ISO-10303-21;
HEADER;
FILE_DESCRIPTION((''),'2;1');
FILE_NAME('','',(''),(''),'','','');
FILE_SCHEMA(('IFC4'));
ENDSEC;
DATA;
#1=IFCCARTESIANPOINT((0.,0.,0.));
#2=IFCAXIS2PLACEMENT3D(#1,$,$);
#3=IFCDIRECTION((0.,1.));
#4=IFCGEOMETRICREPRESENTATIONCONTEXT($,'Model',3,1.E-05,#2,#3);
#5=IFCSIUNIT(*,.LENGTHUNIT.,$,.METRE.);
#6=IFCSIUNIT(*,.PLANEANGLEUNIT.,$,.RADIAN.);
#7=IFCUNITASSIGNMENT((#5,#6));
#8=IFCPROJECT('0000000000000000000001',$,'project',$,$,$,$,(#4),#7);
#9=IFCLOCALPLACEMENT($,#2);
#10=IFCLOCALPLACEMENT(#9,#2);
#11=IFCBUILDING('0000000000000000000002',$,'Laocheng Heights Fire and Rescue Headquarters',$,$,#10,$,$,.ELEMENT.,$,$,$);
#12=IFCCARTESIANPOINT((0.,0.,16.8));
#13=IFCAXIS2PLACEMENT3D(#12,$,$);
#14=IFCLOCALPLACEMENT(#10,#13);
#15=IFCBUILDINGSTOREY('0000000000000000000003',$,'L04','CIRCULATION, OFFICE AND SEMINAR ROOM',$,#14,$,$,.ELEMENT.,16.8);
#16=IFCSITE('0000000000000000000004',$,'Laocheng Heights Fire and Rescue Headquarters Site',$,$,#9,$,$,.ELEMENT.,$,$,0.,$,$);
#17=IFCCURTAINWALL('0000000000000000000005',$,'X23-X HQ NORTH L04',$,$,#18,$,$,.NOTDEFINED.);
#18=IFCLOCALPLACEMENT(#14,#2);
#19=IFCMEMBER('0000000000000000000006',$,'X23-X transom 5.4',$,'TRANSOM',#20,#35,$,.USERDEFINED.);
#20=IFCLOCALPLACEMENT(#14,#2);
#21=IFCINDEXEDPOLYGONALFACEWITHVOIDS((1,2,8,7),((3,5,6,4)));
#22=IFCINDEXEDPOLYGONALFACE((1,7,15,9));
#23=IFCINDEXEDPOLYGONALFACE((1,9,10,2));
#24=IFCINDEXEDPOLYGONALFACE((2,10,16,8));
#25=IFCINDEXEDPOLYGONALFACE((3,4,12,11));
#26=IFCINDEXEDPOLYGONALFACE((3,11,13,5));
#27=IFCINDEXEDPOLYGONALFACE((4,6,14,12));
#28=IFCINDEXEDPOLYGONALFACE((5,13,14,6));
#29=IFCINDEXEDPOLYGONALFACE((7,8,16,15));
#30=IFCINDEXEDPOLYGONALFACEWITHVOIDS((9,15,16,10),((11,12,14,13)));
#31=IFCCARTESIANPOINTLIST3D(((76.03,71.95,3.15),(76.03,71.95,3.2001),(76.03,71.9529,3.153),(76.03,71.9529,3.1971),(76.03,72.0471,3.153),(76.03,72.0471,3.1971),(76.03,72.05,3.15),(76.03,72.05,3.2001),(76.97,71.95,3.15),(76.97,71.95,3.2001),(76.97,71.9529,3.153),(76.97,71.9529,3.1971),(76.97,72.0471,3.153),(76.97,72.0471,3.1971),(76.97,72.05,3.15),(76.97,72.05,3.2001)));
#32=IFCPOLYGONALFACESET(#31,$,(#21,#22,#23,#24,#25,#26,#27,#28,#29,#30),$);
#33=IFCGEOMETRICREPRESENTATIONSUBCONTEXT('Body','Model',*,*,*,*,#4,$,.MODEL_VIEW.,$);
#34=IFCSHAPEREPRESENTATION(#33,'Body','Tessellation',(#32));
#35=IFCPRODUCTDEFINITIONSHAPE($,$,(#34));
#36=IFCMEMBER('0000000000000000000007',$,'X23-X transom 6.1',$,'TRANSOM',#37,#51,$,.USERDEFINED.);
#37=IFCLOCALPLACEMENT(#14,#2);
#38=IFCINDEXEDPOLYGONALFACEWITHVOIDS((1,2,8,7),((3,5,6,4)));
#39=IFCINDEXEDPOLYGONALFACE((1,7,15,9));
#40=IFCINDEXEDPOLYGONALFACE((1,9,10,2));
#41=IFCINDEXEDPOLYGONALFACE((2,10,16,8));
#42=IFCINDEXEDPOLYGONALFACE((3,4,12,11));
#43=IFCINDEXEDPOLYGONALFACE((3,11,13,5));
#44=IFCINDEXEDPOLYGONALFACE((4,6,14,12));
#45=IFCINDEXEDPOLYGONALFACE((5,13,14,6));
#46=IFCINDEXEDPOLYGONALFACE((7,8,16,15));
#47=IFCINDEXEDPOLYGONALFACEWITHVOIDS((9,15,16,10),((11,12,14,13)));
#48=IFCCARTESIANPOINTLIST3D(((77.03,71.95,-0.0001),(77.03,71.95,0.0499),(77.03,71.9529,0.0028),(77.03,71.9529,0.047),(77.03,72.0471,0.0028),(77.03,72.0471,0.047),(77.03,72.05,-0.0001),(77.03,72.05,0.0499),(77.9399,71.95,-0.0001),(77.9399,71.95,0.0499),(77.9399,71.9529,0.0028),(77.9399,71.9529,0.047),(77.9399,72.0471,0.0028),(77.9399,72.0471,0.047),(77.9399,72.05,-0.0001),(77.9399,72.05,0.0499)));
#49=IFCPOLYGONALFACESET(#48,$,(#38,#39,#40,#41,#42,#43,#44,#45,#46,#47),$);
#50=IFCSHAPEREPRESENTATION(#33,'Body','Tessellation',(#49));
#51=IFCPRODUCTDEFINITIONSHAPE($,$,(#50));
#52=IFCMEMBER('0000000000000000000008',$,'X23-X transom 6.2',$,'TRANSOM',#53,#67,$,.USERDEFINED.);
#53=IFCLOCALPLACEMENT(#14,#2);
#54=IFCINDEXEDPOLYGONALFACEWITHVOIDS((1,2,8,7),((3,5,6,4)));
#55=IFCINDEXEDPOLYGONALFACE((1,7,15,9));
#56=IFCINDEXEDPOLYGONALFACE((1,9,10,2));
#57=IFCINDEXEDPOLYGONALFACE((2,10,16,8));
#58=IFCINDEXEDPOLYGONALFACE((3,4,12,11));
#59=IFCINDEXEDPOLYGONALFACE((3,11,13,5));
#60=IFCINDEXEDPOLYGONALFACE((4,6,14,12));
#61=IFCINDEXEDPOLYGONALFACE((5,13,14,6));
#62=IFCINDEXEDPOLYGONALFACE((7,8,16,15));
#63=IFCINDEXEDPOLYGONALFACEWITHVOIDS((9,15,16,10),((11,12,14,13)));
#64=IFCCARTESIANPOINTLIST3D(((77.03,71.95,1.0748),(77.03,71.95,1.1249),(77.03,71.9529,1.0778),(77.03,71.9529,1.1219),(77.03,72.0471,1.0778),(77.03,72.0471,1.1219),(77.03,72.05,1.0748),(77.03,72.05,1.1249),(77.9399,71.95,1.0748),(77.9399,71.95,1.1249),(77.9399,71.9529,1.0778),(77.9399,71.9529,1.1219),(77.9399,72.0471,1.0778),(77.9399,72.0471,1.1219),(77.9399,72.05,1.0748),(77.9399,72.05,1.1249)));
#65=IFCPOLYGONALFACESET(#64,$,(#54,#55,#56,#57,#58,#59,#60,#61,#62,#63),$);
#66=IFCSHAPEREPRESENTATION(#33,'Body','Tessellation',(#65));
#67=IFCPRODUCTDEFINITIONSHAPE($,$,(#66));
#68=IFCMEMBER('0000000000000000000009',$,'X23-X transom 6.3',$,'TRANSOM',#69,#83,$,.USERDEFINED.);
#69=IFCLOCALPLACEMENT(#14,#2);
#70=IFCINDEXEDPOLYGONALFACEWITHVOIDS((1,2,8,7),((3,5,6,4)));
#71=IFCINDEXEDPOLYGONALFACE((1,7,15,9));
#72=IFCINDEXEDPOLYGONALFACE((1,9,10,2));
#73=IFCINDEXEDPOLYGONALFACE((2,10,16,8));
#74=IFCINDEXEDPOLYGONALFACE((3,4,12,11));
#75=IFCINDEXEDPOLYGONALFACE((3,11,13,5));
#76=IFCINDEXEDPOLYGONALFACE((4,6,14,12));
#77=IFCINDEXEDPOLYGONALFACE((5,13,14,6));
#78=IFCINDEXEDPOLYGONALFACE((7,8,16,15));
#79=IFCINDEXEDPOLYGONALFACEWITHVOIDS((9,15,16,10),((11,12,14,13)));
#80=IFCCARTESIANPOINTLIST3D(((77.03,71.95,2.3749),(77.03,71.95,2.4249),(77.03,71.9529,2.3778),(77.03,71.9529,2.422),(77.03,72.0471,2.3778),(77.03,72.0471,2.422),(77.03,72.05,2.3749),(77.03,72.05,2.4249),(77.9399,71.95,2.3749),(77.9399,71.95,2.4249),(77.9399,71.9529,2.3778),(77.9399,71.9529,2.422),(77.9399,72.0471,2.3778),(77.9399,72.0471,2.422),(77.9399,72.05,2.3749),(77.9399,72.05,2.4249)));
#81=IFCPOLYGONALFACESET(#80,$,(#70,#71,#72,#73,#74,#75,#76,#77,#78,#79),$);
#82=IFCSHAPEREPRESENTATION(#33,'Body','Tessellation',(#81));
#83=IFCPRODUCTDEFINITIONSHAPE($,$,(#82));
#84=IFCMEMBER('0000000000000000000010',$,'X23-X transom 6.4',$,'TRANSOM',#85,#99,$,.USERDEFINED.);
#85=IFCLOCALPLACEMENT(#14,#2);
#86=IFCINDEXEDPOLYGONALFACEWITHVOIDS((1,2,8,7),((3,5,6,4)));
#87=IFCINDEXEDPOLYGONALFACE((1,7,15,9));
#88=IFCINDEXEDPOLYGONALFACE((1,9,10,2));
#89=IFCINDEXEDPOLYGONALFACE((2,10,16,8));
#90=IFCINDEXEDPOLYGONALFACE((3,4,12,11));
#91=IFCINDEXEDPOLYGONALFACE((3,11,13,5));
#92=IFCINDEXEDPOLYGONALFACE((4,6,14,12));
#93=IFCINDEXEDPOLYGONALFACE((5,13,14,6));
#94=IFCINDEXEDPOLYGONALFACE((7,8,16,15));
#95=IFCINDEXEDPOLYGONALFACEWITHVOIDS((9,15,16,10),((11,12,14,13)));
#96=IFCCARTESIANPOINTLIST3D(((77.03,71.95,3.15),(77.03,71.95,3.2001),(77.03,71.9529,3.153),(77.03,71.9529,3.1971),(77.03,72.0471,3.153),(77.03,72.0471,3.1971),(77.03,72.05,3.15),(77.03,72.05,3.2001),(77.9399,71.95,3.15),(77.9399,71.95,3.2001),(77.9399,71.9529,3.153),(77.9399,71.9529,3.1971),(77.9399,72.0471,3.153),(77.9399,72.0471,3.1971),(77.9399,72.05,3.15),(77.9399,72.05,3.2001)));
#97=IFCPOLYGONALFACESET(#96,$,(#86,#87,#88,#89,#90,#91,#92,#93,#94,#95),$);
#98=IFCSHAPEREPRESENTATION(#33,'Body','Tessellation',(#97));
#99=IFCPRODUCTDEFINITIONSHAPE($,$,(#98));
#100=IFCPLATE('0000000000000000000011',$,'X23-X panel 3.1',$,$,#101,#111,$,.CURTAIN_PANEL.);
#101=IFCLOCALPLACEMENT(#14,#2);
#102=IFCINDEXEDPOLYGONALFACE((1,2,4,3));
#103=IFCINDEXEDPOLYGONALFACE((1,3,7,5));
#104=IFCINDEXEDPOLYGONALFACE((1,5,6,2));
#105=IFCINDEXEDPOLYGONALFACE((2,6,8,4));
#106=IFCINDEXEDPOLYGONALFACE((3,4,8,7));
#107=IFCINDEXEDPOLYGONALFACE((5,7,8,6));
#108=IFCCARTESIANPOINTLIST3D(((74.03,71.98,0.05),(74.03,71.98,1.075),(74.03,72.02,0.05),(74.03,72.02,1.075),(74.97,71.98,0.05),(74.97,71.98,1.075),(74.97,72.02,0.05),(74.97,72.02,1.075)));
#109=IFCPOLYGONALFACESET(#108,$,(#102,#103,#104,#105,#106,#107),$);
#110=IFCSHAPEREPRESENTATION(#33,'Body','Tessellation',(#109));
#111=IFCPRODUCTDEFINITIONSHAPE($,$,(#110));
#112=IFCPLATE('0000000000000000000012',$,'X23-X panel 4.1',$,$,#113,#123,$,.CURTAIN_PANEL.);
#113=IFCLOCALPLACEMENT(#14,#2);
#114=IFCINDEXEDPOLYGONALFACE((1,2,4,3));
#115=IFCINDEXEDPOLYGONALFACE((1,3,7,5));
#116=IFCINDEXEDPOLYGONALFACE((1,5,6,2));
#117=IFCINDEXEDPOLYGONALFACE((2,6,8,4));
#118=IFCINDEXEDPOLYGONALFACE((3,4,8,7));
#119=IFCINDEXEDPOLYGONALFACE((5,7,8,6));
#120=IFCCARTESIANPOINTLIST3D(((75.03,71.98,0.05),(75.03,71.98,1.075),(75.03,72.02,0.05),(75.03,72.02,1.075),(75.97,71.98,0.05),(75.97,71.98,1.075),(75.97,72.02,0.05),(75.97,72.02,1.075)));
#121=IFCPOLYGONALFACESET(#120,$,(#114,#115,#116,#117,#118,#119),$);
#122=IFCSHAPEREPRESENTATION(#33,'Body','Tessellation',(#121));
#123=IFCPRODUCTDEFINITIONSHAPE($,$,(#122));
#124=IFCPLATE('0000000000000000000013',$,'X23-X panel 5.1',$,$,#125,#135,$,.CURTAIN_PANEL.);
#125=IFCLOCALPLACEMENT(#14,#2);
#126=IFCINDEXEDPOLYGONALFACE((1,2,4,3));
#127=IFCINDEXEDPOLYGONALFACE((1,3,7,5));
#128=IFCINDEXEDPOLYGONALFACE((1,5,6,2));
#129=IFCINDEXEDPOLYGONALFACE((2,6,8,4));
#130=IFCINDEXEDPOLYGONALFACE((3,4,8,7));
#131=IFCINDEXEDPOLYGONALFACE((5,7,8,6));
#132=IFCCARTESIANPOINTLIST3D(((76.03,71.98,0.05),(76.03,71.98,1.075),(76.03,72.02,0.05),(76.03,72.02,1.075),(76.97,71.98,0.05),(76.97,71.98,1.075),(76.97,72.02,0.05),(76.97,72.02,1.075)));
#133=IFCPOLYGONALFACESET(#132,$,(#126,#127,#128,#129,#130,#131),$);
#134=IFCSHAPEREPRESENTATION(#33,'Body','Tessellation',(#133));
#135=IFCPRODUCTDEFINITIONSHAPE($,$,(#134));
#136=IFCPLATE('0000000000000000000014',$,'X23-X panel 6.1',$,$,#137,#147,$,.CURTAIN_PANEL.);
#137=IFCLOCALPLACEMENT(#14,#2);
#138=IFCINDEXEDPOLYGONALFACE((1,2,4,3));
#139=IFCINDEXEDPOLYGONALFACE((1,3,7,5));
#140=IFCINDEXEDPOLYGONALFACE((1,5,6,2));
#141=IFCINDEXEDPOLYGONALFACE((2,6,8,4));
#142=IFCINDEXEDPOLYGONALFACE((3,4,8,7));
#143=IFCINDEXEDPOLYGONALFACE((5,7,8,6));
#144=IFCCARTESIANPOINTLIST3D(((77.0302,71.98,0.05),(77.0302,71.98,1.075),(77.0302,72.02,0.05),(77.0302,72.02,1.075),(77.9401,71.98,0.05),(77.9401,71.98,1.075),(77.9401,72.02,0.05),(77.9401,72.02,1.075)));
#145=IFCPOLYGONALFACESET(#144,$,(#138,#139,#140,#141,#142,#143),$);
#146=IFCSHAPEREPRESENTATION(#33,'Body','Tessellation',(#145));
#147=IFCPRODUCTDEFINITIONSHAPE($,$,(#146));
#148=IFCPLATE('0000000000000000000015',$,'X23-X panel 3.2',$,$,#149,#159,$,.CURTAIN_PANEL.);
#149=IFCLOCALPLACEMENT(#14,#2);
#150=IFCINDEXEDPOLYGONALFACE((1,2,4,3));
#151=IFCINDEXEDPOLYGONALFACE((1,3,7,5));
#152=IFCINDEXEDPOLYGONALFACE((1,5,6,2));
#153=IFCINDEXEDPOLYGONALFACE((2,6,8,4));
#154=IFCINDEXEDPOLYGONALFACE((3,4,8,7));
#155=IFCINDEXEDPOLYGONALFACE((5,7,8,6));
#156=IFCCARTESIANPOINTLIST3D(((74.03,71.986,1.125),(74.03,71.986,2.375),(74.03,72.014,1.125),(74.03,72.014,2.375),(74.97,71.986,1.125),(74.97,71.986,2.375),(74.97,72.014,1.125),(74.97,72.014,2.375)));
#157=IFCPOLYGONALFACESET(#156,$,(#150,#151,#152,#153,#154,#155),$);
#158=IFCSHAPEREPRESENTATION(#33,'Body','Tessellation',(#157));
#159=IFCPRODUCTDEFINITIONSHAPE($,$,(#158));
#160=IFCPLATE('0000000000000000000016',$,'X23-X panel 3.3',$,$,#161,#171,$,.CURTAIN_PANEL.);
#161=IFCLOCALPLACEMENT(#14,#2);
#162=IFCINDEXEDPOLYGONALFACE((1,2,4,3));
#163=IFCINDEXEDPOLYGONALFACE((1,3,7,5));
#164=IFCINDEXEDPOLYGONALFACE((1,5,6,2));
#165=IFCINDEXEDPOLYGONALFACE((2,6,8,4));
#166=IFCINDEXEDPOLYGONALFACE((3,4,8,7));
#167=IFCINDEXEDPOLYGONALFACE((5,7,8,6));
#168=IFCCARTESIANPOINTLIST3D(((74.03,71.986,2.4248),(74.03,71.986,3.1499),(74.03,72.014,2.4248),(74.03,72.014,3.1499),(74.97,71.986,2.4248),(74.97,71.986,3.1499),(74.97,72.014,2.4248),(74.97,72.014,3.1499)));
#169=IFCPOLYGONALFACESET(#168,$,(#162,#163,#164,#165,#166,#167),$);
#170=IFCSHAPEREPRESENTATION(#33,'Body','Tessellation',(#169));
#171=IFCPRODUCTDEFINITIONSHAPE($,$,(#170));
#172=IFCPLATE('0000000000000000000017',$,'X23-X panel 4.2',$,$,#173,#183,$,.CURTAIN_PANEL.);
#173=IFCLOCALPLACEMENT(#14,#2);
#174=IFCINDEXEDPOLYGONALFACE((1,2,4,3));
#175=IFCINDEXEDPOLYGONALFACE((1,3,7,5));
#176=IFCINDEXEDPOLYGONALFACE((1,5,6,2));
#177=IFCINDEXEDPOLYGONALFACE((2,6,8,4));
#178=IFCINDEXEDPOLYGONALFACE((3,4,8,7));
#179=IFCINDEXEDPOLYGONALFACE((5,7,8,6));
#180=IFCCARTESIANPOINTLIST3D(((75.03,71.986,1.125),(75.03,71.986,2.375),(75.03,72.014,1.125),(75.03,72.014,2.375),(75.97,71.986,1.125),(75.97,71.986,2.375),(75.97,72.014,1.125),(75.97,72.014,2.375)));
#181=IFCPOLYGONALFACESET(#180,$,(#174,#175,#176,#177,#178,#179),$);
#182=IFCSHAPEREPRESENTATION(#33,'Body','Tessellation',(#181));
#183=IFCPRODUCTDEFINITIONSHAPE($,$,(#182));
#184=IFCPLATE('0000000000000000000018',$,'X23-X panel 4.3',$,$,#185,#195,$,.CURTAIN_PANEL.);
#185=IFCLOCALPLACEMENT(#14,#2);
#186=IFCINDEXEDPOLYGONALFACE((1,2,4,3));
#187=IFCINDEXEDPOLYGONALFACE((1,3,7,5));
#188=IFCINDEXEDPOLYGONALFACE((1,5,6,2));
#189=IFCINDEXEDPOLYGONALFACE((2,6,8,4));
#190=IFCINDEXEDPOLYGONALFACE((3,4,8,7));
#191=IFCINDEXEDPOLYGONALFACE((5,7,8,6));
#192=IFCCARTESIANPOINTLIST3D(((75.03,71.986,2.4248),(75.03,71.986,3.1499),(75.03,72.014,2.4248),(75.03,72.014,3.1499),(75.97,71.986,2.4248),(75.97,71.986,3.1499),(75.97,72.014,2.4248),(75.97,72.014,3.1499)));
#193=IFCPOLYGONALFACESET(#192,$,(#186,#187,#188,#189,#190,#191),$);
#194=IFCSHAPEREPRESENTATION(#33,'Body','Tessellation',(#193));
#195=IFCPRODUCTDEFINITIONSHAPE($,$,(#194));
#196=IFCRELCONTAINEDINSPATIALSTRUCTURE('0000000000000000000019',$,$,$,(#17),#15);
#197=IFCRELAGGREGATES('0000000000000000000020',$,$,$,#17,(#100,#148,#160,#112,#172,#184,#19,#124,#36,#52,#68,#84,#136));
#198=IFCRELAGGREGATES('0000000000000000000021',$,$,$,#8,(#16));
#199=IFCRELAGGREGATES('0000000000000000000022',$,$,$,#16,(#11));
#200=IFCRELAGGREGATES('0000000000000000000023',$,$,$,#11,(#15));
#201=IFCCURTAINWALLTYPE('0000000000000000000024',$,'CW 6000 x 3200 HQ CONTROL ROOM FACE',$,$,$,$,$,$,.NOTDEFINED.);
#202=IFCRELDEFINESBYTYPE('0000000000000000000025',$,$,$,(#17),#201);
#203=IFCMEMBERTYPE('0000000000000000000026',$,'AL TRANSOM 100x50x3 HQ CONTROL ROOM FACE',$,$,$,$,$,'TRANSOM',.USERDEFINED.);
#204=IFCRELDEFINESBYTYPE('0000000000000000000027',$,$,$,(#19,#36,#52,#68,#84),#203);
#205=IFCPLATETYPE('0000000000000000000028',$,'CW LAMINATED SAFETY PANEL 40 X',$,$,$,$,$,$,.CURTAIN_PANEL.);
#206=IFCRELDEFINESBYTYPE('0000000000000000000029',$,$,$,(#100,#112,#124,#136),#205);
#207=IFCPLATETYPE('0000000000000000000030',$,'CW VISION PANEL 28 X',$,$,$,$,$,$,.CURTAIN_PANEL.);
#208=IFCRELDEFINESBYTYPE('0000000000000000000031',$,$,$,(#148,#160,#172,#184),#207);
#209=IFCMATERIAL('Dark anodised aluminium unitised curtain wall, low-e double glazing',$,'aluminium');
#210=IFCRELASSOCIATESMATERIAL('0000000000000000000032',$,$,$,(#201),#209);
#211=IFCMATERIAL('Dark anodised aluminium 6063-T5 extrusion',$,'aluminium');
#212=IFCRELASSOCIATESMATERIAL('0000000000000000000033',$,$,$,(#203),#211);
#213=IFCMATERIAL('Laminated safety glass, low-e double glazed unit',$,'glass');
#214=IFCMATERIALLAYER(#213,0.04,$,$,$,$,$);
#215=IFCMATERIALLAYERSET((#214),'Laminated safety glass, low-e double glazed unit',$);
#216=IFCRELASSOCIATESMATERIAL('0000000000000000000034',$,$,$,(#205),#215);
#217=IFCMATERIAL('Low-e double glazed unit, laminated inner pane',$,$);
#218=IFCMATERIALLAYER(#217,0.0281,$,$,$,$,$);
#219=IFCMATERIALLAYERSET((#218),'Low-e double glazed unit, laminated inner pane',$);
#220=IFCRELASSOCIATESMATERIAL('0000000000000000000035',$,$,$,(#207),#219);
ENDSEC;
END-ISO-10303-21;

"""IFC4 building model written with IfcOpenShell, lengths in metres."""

from ifc_helpers import new_model, si_unit, direction, frame, origin, origin_2d, place, context, subcontext, project, spatial, rectangle, hollow_rectangle, extrude, material, layer, layer_set, material_profile, profile_set, type_object, element, aggregate, save


model = new_model("IFC4")

# Units and contexts
model_context = context("Model", 3, precision=1e-05, world=origin(), true_north=direction((0.0, 1.0)))
body_context = subcontext(model_context, "Body", "Model", "MODEL_VIEW")
ifc_project = project(units=[si_unit("LENGTHUNIT", "METRE"), si_unit("PLANEANGLEUNIT", "RADIAN")], contexts=[model_context])

# Site, building, storey
site_placement = place(None, origin())
site = spatial("IfcSite", under=ifc_project, at=site_placement, Name="Laocheng Heights Fire and Rescue Headquarters Site", CompositionType="ELEMENT", RefElevation=0.0)
building_placement = place(site_placement, origin())
building = spatial("IfcBuilding", under=site, at=building_placement, Name="Laocheng Heights Fire and Rescue Headquarters", CompositionType="ELEMENT")
storey_placement = place(building_placement, frame((0.0, 0.0, 16.8)))
storey = spatial("IfcBuildingStorey", under=building, at=storey_placement, Name="L04", Description="CIRCULATION, OFFICE AND SEMINAR ROOM", CompositionType="ELEMENT", Elevation=16.8)

# Curtain wall, members, plates
ifc_material_1 = material(Name="Dark anodised aluminium unitised curtain wall, low-e double glazing", Category="aluminium")
curtain_wall_type = type_object("IfcCurtainWallType", Name="CW 6000 x 3200 HQ CONTROL ROOM FACE", PredefinedType="NOTDEFINED", material=ifc_material_1)
curtain_wall_placement = place(storey_placement, origin())
curtain_wall = element("IfcCurtainWall", 1, at=curtain_wall_placement, inside=storey, type_object=curtain_wall_type, Name="X23-X HQ NORTH L04", PredefinedType="NOTDEFINED")
ifc_material_2 = material(Name="Dark anodised aluminium 6063-T5 extrusion", Category="aluminium")
ifc_material_profile_1 = material_profile(ifc_material_2, hollow_rectangle(XDim=0.1001, YDim=0.05, WallThickness=0.0029, at=origin_2d()), Name="AL TRANSOM 100x50x3 HQ CONTROL ROOM FACE")
ifc_profile_set_1 = profile_set([ifc_material_profile_1], Name="Dark anodised aluminium 6063-T5 extrusion")
member_type_1 = type_object("IfcMemberType", Name="AL TRANSOM 100x50x3 HQ CONTROL ROOM FACE", ElementType="TRANSOM", PredefinedType="USERDEFINED", material=ifc_profile_set_1)
member_1_placement = place(storey_placement, frame((76.03, 72.0, 3.175), z_axis=(1.0, 0.0, 0.0), x_axis=(0.0, 1.0, 0.0)))
member_1 = element("IfcMember", 2, at=member_1_placement, type_object=member_type_1, Name="X23-X transom 5.4", ObjectType="TRANSOM", PredefinedType="USERDEFINED", context=body_context, shape_type="SweptSolid", body=[
    extrude(hollow_rectangle(XDim=0.1001, YDim=0.05, WallThickness=0.0029, at=origin_2d()), origin(), (0.0, 0.0, 1.0), 0.9399),
])
member_2_placement = place(storey_placement, frame((77.03, 72.0, 0.0249), z_axis=(1.0, 0.0, 0.0), x_axis=(0.0, 1.0, 0.0)))
member_2 = element("IfcMember", 3, at=member_2_placement, type_object=member_type_1, Name="X23-X transom 6.1", ObjectType="TRANSOM", PredefinedType="USERDEFINED", context=body_context, shape_type="SweptSolid", body=[
    extrude(hollow_rectangle(XDim=0.1001, YDim=0.05, WallThickness=0.0029, at=origin_2d()), origin(), (0.0, 0.0, 1.0), 0.9099),
])
member_3_placement = place(storey_placement, frame((77.03, 72.0, 1.0999), z_axis=(1.0, 0.0, 0.0), x_axis=(0.0, 1.0, 0.0)))
member_3 = element("IfcMember", 4, at=member_3_placement, type_object=member_type_1, Name="X23-X transom 6.2", ObjectType="TRANSOM", PredefinedType="USERDEFINED", context=body_context, shape_type="SweptSolid", body=[
    extrude(hollow_rectangle(XDim=0.1001, YDim=0.05, WallThickness=0.0029, at=origin_2d()), origin(), (0.0, 0.0, 1.0), 0.9099),
])
member_4_placement = place(storey_placement, frame((77.03, 72.0, 2.3999), z_axis=(1.0, 0.0, 0.0), x_axis=(0.0, 1.0, 0.0)))
member_4 = element("IfcMember", 5, at=member_4_placement, type_object=member_type_1, Name="X23-X transom 6.3", ObjectType="TRANSOM", PredefinedType="USERDEFINED", context=body_context, shape_type="SweptSolid", body=[
    extrude(hollow_rectangle(XDim=0.1001, YDim=0.05, WallThickness=0.0029, at=origin_2d()), origin(), (0.0, 0.0, 1.0), 0.9099),
])
member_5_placement = place(storey_placement, frame((77.03, 72.0, 3.175), z_axis=(1.0, 0.0, 0.0), x_axis=(0.0, 1.0, 0.0)))
member_5 = element("IfcMember", 6, at=member_5_placement, type_object=member_type_1, Name="X23-X transom 6.4", ObjectType="TRANSOM", PredefinedType="USERDEFINED", context=body_context, shape_type="SweptSolid", body=[
    extrude(hollow_rectangle(XDim=0.1001, YDim=0.05, WallThickness=0.0029, at=origin_2d()), origin(), (0.0, 0.0, 1.0), 0.9099),
])
ifc_material_3 = material(Name="Laminated safety glass, low-e double glazed unit", Category="glass")
ifc_layer_1 = layer(ifc_material_3, 0.04)
ifc_layer_set_1 = layer_set([ifc_layer_1], Name="Laminated safety glass, low-e double glazed unit")
plate_type_1 = type_object("IfcPlateType", Name="CW LAMINATED SAFETY PANEL 40 X", PredefinedType="CURTAIN_PANEL", material=ifc_layer_set_1)
plate_1_placement = place(storey_placement, frame((74.5, 72.0, 0.05), z_axis=(0.0, 0.0, 1.0), x_axis=(1.0, 0.0, 0.0)))
plate_1 = element("IfcPlate", 7, at=plate_1_placement, type_object=plate_type_1, Name="X23-X panel 3.1", PredefinedType="CURTAIN_PANEL", context=body_context, shape_type="SweptSolid", body=[
    extrude(rectangle(XDim=0.9399, YDim=0.04, at=origin_2d()), origin(), (0.0, 0.0, 1.0), 1.0249),
])
plate_2_placement = place(storey_placement, frame((75.5, 72.0, 0.05), z_axis=(0.0, 0.0, 1.0), x_axis=(1.0, 0.0, 0.0)))
plate_2 = element("IfcPlate", 8, at=plate_2_placement, type_object=plate_type_1, Name="X23-X panel 4.1", PredefinedType="CURTAIN_PANEL", context=body_context, shape_type="SweptSolid", body=[
    extrude(rectangle(XDim=0.9399, YDim=0.04, at=origin_2d()), origin(), (0.0, 0.0, 1.0), 1.0249),
])
plate_3_placement = place(storey_placement, frame((76.5, 72.0, 0.05), z_axis=(0.0, 0.0, 1.0), x_axis=(1.0, 0.0, 0.0)))
plate_3 = element("IfcPlate", 9, at=plate_3_placement, type_object=plate_type_1, Name="X23-X panel 5.1", PredefinedType="CURTAIN_PANEL", context=body_context, shape_type="SweptSolid", body=[
    extrude(rectangle(XDim=0.9399, YDim=0.04, at=origin_2d()), origin(), (0.0, 0.0, 1.0), 1.0249),
])
plate_4_placement = place(storey_placement, frame((77.4851, 72.0, 0.05), z_axis=(0.0, 0.0, 1.0), x_axis=(1.0, 0.0, 0.0)))
plate_4 = element("IfcPlate", 10, at=plate_4_placement, type_object=plate_type_1, Name="X23-X panel 6.1", PredefinedType="CURTAIN_PANEL", context=body_context, shape_type="SweptSolid", body=[
    extrude(rectangle(XDim=0.9099, YDim=0.04, at=origin_2d()), origin(), (0.0, 0.0, 1.0), 1.0249),
])
ifc_material_4 = material(Name="Low-e double glazed unit, laminated inner pane")
ifc_layer_2 = layer(ifc_material_4, 0.0281)
ifc_layer_set_2 = layer_set([ifc_layer_2], Name="Low-e double glazed unit, laminated inner pane")
plate_type_2 = type_object("IfcPlateType", Name="CW VISION PANEL 28 X", PredefinedType="CURTAIN_PANEL", material=ifc_layer_set_2)
plate_5_placement = place(storey_placement, frame((74.5, 72.0, 1.125), z_axis=(0.0, 0.0, 1.0), x_axis=(1.0, 0.0, 0.0)))
plate_5 = element("IfcPlate", 11, at=plate_5_placement, type_object=plate_type_2, Name="X23-X panel 3.2", PredefinedType="CURTAIN_PANEL", context=body_context, shape_type="SweptSolid", body=[
    extrude(rectangle(XDim=0.9399, YDim=0.0281, at=origin_2d()), origin(), (0.0, 0.0, 1.0), 1.25),
])
plate_6_placement = place(storey_placement, frame((74.5, 72.0, 2.4248), z_axis=(0.0, 0.0, 1.0), x_axis=(1.0, 0.0, 0.0)))
plate_6 = element("IfcPlate", 12, at=plate_6_placement, type_object=plate_type_2, Name="X23-X panel 3.3", PredefinedType="CURTAIN_PANEL", context=body_context, shape_type="SweptSolid", body=[
    extrude(rectangle(XDim=0.9399, YDim=0.0281, at=origin_2d()), origin(), (0.0, 0.0, 1.0), 0.7251),
])
plate_7_placement = place(storey_placement, frame((75.5, 72.0, 1.125), z_axis=(0.0, 0.0, 1.0), x_axis=(1.0, 0.0, 0.0)))
plate_7 = element("IfcPlate", 13, at=plate_7_placement, type_object=plate_type_2, Name="X23-X panel 4.2", PredefinedType="CURTAIN_PANEL", context=body_context, shape_type="SweptSolid", body=[
    extrude(rectangle(XDim=0.9399, YDim=0.0281, at=origin_2d()), origin(), (0.0, 0.0, 1.0), 1.25),
])
plate_8_placement = place(storey_placement, frame((75.5, 72.0, 2.4248), z_axis=(0.0, 0.0, 1.0), x_axis=(1.0, 0.0, 0.0)))
plate_8 = element("IfcPlate", 14, at=plate_8_placement, type_object=plate_type_2, Name="X23-X panel 4.3", PredefinedType="CURTAIN_PANEL", context=body_context, shape_type="SweptSolid", body=[
    extrude(rectangle(XDim=0.9399, YDim=0.0281, at=origin_2d()), origin(), (0.0, 0.0, 1.0), 0.7251),
])
aggregate(curtain_wall, [plate_1, plate_5, plate_6, plate_2, plate_7, plate_8, member_1, plate_3, member_2, member_3, member_4, member_5, plate_4])

save(model, "model.ifc")
